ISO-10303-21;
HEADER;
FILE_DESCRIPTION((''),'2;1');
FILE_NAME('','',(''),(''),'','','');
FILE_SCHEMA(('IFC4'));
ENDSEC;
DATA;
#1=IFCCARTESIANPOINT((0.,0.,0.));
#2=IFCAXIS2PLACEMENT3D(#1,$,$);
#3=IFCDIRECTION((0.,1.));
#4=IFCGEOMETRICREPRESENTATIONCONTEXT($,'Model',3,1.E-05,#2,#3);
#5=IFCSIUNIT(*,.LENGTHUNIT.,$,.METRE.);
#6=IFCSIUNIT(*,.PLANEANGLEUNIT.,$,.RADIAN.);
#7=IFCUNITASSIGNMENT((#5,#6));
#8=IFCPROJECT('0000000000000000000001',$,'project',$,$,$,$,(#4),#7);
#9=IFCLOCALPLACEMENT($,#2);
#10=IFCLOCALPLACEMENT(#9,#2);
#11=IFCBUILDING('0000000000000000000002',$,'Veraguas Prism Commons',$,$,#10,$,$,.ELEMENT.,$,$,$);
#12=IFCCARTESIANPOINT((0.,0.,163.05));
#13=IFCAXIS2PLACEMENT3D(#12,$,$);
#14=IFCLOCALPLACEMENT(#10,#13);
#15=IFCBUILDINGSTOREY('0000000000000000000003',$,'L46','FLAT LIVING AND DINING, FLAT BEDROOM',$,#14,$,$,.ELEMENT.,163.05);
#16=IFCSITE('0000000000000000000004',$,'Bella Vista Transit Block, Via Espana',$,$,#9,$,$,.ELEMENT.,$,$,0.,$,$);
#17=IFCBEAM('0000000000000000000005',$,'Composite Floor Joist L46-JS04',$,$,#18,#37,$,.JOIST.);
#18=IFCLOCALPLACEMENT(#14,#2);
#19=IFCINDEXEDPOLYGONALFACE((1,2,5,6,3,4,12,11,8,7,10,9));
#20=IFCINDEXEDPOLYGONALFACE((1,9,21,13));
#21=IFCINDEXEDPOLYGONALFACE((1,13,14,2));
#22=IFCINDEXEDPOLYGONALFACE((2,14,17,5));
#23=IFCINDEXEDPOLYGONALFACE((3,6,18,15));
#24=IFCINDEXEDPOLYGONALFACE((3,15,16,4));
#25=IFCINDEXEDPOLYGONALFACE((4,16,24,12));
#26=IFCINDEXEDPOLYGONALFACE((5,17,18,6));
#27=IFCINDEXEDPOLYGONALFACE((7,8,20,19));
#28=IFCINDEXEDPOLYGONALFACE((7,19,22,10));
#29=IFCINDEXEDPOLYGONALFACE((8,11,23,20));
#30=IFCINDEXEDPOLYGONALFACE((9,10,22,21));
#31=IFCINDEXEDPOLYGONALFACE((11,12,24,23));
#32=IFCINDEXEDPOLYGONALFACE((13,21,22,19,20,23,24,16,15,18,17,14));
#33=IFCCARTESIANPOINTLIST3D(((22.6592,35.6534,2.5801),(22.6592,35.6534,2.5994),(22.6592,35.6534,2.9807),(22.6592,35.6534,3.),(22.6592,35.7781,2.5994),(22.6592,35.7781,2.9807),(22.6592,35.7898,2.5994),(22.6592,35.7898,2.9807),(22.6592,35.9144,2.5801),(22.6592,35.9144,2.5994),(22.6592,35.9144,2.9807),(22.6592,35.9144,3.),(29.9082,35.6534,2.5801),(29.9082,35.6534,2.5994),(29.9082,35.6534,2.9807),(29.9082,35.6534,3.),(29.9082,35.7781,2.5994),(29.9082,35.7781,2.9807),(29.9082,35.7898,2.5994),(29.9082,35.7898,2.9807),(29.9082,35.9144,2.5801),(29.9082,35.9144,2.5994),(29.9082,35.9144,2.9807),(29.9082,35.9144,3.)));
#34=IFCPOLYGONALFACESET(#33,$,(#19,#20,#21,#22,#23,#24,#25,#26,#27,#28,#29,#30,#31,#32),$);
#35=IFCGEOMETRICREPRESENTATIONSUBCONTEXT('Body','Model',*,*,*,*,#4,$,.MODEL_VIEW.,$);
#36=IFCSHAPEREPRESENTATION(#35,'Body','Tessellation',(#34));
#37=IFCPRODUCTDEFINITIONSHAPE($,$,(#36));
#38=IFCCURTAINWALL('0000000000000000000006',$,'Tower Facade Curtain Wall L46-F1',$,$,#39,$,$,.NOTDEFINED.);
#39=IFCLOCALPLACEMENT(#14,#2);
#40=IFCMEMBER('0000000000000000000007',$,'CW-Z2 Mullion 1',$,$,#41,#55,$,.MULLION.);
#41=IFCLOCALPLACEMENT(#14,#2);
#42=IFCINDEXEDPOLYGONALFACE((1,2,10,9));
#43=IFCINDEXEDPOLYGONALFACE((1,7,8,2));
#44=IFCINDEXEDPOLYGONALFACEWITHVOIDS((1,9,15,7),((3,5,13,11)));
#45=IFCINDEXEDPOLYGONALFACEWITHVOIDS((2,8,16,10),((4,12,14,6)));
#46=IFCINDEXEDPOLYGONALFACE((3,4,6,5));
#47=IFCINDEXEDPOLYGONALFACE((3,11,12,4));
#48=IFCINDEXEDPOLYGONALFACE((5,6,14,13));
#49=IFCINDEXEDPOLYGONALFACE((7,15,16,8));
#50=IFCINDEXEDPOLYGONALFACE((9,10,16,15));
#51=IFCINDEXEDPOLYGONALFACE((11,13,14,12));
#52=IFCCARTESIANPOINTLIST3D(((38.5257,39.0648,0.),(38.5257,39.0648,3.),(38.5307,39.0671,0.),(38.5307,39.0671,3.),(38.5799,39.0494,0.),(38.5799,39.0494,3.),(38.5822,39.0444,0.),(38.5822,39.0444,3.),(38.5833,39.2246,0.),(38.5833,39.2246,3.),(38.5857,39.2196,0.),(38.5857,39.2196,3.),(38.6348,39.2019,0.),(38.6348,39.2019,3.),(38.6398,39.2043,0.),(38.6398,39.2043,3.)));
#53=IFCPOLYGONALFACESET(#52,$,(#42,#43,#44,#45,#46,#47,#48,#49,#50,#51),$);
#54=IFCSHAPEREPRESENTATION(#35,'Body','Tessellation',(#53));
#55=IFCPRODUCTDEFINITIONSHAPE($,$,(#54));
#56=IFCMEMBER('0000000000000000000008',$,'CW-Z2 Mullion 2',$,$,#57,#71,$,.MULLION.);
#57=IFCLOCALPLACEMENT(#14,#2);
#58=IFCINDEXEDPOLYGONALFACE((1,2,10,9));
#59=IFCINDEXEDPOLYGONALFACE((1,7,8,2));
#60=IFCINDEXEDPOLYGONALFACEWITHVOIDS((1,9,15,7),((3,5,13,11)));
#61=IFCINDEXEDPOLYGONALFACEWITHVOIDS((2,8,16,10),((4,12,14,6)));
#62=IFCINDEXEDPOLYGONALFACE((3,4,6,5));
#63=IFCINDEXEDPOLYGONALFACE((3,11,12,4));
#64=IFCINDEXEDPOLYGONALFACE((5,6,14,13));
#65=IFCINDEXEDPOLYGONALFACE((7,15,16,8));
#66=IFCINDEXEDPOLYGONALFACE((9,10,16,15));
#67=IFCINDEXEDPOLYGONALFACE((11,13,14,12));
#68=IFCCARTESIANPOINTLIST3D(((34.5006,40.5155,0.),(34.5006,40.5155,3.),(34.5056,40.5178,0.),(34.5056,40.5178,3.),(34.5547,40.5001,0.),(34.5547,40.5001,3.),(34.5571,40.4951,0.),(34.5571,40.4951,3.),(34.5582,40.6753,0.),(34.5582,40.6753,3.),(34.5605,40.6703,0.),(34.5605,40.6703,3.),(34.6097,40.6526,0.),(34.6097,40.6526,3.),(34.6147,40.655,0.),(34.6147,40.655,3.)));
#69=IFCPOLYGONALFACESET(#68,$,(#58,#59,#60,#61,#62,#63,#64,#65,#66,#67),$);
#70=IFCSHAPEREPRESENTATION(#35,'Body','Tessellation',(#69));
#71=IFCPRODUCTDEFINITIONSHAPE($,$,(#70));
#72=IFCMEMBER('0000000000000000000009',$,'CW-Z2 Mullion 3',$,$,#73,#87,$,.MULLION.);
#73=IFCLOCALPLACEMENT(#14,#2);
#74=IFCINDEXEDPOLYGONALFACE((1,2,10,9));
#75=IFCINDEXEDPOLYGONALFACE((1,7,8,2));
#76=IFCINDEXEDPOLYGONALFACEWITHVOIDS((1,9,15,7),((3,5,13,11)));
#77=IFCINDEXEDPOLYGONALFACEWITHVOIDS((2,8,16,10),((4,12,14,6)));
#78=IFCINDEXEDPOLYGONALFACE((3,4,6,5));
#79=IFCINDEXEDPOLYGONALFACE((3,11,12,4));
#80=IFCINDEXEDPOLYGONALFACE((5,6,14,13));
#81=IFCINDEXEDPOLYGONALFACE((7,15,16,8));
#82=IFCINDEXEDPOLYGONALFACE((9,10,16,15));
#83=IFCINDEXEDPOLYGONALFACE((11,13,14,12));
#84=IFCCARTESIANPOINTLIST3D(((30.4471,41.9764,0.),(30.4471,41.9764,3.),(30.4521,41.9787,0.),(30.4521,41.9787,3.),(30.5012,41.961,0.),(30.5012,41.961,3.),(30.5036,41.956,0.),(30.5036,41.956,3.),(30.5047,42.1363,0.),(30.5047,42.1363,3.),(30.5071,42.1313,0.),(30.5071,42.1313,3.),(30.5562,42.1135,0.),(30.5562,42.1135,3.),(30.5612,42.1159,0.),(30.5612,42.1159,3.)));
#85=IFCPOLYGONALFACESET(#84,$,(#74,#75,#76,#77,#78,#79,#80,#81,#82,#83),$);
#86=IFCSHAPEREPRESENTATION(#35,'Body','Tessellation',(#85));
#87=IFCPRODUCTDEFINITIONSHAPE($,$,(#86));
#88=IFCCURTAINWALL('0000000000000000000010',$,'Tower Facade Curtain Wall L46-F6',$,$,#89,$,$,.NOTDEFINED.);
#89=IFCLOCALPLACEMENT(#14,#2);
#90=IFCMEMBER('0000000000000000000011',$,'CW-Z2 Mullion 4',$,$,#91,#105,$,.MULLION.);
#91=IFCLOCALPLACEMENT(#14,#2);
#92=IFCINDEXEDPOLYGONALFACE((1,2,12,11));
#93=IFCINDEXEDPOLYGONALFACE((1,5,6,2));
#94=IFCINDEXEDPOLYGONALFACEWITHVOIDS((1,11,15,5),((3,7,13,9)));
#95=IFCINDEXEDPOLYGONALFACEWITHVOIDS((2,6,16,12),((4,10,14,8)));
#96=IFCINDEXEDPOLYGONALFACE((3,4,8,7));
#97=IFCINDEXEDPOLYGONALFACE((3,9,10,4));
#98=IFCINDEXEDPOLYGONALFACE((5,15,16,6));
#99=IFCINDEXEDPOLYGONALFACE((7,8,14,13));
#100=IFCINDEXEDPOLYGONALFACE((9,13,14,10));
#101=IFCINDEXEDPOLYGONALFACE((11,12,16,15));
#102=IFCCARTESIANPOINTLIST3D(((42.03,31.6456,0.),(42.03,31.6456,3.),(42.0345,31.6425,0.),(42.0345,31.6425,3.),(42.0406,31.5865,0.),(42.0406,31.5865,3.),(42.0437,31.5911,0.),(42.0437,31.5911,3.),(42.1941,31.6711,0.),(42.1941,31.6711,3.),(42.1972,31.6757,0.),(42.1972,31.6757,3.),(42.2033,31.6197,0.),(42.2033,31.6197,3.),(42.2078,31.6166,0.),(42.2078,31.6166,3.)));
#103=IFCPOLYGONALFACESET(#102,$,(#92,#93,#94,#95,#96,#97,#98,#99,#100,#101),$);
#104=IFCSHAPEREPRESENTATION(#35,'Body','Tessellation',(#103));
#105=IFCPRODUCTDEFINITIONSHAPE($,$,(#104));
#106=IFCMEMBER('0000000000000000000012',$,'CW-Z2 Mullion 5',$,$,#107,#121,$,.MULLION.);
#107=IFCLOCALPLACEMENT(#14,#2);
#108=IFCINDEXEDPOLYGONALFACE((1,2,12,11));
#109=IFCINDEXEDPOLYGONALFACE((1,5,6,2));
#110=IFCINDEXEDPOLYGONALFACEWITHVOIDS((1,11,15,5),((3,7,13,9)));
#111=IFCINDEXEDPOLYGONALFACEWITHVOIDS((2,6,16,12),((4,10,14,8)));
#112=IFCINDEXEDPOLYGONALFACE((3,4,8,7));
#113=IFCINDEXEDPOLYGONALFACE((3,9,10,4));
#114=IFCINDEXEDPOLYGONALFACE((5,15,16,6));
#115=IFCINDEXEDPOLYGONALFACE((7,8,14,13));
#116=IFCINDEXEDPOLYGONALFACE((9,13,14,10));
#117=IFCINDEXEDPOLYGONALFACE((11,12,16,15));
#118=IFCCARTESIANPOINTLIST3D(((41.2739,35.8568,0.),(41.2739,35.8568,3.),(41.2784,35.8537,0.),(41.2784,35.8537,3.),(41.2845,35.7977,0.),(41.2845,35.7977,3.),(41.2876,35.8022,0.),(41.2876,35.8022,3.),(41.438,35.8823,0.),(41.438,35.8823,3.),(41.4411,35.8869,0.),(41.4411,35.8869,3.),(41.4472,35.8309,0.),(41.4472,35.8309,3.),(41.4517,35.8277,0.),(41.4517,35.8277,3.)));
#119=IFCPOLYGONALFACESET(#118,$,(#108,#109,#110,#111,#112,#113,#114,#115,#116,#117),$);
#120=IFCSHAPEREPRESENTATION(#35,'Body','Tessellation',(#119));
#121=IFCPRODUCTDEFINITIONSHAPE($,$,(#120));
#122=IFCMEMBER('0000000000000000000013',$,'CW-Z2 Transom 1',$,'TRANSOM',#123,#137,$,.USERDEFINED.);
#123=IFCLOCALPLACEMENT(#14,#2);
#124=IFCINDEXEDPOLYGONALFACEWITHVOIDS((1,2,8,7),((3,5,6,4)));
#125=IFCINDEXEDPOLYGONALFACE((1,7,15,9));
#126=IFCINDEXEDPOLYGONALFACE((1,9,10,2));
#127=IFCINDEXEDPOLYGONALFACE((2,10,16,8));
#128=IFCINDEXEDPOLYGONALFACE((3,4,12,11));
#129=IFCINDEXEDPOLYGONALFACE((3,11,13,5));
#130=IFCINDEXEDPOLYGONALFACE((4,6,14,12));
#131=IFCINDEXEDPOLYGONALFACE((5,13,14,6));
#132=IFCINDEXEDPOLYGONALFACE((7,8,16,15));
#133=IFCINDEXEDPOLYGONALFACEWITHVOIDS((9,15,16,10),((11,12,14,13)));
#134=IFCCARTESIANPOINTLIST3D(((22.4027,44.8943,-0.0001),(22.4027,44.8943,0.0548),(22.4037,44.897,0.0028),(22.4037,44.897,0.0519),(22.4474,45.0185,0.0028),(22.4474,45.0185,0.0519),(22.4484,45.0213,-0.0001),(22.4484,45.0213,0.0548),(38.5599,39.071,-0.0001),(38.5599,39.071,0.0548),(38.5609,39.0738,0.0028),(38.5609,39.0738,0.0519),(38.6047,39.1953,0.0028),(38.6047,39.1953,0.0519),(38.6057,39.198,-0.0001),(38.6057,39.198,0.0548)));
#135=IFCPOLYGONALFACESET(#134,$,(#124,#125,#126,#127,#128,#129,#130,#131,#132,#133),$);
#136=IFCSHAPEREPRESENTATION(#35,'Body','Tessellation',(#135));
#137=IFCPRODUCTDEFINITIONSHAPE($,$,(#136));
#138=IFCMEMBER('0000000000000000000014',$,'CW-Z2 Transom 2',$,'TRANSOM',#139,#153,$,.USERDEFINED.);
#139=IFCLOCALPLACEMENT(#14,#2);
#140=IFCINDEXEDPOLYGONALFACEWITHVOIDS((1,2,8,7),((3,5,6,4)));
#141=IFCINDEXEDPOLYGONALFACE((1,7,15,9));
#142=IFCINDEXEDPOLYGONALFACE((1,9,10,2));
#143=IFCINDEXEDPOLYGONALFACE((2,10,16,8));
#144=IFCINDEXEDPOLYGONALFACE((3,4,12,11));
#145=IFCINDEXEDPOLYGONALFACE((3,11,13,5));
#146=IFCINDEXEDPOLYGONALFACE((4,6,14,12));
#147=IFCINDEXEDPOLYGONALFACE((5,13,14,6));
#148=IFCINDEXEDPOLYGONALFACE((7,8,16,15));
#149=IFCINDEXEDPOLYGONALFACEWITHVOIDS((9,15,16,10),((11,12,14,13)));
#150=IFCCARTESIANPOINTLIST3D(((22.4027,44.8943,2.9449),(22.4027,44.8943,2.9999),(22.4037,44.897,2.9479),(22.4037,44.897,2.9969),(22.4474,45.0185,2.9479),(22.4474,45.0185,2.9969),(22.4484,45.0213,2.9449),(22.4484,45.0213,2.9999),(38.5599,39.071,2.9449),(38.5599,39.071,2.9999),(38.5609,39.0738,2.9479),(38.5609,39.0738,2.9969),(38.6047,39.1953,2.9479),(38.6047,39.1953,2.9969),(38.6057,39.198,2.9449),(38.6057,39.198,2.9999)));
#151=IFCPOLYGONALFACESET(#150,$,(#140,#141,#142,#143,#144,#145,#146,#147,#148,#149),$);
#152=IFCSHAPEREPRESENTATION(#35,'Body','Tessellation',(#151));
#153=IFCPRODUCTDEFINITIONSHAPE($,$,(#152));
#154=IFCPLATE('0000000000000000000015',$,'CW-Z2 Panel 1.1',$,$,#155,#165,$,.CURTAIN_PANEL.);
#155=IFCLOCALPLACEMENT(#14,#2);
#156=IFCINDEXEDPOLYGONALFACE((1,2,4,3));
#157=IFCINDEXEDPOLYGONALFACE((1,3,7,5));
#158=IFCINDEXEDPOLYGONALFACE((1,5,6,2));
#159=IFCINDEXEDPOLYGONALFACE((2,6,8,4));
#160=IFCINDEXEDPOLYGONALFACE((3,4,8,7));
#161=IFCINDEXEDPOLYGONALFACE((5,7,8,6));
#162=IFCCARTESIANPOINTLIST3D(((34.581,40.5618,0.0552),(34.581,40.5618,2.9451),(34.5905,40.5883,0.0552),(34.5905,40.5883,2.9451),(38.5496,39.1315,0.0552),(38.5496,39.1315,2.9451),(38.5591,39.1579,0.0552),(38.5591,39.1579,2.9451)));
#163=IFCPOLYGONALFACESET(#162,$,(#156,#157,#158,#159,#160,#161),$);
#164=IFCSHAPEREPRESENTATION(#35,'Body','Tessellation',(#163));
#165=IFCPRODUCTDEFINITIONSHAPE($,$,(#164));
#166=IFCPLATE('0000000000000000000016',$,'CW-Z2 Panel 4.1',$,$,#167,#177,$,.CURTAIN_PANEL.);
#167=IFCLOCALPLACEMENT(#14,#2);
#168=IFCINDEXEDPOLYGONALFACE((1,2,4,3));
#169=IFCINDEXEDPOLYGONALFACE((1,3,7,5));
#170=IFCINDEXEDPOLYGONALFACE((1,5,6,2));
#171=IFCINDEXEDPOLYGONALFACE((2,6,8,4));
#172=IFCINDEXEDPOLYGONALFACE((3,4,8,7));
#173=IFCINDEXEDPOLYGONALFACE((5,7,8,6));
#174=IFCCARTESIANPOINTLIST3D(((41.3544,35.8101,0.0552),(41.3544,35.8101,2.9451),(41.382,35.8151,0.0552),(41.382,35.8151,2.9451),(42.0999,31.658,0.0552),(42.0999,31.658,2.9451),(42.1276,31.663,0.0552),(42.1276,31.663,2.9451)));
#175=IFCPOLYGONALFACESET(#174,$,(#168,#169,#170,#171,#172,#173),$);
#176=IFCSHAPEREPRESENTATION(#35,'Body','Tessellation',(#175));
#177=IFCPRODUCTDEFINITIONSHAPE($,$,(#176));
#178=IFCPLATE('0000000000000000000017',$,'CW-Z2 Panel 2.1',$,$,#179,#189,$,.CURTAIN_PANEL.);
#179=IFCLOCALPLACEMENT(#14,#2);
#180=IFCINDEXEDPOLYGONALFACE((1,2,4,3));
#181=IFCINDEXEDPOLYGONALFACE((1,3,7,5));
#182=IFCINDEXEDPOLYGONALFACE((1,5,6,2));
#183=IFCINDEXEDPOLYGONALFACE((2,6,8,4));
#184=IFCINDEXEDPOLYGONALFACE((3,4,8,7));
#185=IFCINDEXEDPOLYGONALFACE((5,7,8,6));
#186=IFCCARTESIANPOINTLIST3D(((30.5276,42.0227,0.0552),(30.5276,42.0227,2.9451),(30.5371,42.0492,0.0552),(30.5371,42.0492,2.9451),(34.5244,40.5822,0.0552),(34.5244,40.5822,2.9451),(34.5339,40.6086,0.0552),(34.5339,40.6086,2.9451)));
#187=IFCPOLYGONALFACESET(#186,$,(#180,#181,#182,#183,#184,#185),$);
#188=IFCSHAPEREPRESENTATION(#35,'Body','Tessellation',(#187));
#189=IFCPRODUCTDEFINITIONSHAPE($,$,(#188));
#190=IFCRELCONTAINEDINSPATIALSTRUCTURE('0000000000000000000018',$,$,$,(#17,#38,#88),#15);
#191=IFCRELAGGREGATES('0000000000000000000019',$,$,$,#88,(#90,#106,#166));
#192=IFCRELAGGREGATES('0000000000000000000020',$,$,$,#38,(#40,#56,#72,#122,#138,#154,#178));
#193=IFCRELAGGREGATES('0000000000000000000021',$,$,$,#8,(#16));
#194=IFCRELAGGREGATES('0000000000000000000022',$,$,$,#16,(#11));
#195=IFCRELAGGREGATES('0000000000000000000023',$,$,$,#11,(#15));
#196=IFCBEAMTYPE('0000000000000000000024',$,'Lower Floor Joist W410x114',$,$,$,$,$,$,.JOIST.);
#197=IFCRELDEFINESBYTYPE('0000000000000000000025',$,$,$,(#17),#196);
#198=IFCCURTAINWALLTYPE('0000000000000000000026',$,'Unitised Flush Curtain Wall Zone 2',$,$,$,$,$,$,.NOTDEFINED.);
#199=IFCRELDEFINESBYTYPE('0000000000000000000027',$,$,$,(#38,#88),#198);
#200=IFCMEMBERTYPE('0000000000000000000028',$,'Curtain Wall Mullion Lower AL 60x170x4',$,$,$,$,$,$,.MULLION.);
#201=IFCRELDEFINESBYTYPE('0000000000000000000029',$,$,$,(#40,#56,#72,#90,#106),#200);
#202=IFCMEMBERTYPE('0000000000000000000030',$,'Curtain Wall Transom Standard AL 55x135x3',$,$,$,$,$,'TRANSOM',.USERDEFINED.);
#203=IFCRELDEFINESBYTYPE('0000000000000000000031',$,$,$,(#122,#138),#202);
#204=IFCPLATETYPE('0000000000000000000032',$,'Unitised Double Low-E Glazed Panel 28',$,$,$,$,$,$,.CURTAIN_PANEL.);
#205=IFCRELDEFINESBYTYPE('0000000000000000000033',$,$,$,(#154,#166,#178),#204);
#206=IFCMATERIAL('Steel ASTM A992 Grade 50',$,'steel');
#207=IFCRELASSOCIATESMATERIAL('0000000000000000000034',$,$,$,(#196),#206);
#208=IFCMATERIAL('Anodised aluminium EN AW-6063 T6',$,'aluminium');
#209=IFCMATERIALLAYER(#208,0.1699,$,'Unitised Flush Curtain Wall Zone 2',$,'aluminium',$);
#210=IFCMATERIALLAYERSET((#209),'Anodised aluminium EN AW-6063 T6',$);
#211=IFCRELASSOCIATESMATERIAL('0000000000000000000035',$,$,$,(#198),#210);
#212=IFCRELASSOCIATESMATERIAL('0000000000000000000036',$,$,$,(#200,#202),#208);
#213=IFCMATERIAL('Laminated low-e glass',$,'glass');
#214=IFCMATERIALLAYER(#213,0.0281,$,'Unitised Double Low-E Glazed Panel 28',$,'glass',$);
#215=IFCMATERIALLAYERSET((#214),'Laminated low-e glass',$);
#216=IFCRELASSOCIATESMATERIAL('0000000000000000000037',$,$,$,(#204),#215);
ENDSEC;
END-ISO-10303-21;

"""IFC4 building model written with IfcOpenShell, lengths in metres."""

from ifc_helpers import new_model, si_unit, direction, frame, origin, origin_2d, place, context, subcontext, project, spatial, rectangle, hollow_rectangle, i_section, extrude, source, transform, mapped, material, layer, layer_set, material_profile, profile_set, type_object, element, aggregate, save


model = new_model("IFC4")

# Units and contexts
model_context = context("Model", 3, precision=1e-05, world=origin(), true_north=direction((0.0, 1.0)))
body_context = subcontext(model_context, "Body", "Model", "MODEL_VIEW")
ifc_project = project(units=[si_unit("LENGTHUNIT", "METRE"), si_unit("PLANEANGLEUNIT", "RADIAN")], contexts=[model_context])

# Site, building, storey
site_placement = place(None, origin())
site = spatial("IfcSite", under=ifc_project, at=site_placement, Name="Bella Vista Transit Block, Via Espana", CompositionType="ELEMENT", RefElevation=0.0)
building_placement = place(site_placement, origin())
building = spatial("IfcBuilding", under=site, at=building_placement, Name="Veraguas Prism Commons", CompositionType="ELEMENT")
storey_placement = place(building_placement, frame((0.0, 0.0, 163.05)))
storey = spatial("IfcBuildingStorey", under=building, at=storey_placement, Name="L46", Description="FLAT LIVING AND DINING, FLAT BEDROOM", CompositionType="ELEMENT", Elevation=163.05)

# Beam
ifc_material_1 = material(Name="Steel ASTM A992 Grade 50", Category="steel")
ifc_material_profile_1 = material_profile(ifc_material_1, i_section(OverallWidth=0.261, OverallDepth=0.4199, WebThickness=0.0117, FlangeThickness=0.0193, at=origin_2d()), Name="W410X114")
ifc_profile_set_1 = profile_set([ifc_material_profile_1], Name="Steel ASTM A992 Grade 50")
beam_type = type_object("IfcBeamType", Name="Lower Floor Joist W410x114", PredefinedType="JOIST", material=ifc_profile_set_1)
beam_placement = place(storey_placement, frame((29.9082, 35.7839, 2.79), z_axis=(-1.0, 0.0, 0.0), x_axis=(0.0, -1.0, 0.0)))
element("IfcBeam", 1, at=beam_placement, inside=storey, type_object=beam_type, Name="Composite Floor Joist L46-JS04", PredefinedType="JOIST", context=body_context, shape_type="SweptSolid", body=[
    extrude(i_section(OverallWidth=0.261, OverallDepth=0.4199, WebThickness=0.0117, FlangeThickness=0.0193, at=origin_2d()), origin(), (0.0, 0.0, 1.0), 7.249),
])

# Curtain walls, members
ifc_material_2 = material(Name="Anodised aluminium EN AW-6063 T6", Category="aluminium")
ifc_layer_1 = layer(ifc_material_2, 0.1699, Name="Unitised Flush Curtain Wall Zone 2", Category="aluminium")
ifc_layer_set_1 = layer_set([ifc_layer_1], Name="Anodised aluminium EN AW-6063 T6")
curtain_wall_type = type_object("IfcCurtainWallType", Name="Unitised Flush Curtain Wall Zone 2", PredefinedType="NOTDEFINED", material=ifc_layer_set_1)
curtain_wall_1_placement = place(storey_placement, origin())
curtain_wall_1 = element("IfcCurtainWall", 2, at=curtain_wall_1_placement, inside=storey, type_object=curtain_wall_type, Name="Tower Facade Curtain Wall L46-F1", PredefinedType="NOTDEFINED")
ifc_material_profile_2 = material_profile(ifc_material_2, hollow_rectangle(XDim=0.0601, YDim=0.1699, WallThickness=0.0039, at=origin_2d()), Name="AL60X170X4")
ifc_profile_set_2 = profile_set([ifc_material_profile_2], Name="Anodised aluminium EN AW-6063 T6")
member_type_1 = type_object("IfcMemberType", Name="Curtain Wall Mullion Lower AL 60x170x4", PredefinedType="MULLION", material=ifc_profile_set_2)
shared_shape_1 = source(origin(), body_context, "Body", "SweptSolid", [
    extrude(hollow_rectangle(XDim=0.0601, YDim=0.1699, WallThickness=0.0039, at=origin_2d()), origin(), (0.0, 0.0, 1.0), 3.0),
])
member_1_placement = place(storey_placement, frame((38.5828, 39.1345, 0.0), z_axis=(0.0, 0.0, 1.0), x_axis=(-0.940761, 0.339071, 0.0)))
member_1 = element("IfcMember", 3, at=member_1_placement, type_object=member_type_1, Name="CW-Z2 Mullion 1", PredefinedType="MULLION", context=body_context, shape_type="MappedRepresentation", body=[
    mapped(shared_shape_1, transform((0.0, 0.0, 0.0), scale=1.0)),
])
member_2_placement = place(storey_placement, frame((34.5576, 40.5852, 0.0), z_axis=(0.0, 0.0, 1.0), x_axis=(-0.940761, 0.339071, 0.0)))
member_2 = element("IfcMember", 4, at=member_2_placement, type_object=member_type_1, Name="CW-Z2 Mullion 2", PredefinedType="MULLION", context=body_context, shape_type="MappedRepresentation", body=[
    mapped(shared_shape_1, transform((0.0, 0.0, 0.0), scale=1.0)),
])
member_3_placement = place(storey_placement, frame((30.5042, 42.0461, 0.0), z_axis=(0.0, 0.0, 1.0), x_axis=(-0.940761, 0.339071, 0.0)))
member_3 = element("IfcMember", 5, at=member_3_placement, type_object=member_type_1, Name="CW-Z2 Mullion 3", PredefinedType="MULLION", context=body_context, shape_type="MappedRepresentation", body=[
    mapped(shared_shape_1, transform((0.0, 0.0, 0.0), scale=1.0)),
])
curtain_wall_2_placement = place(storey_placement, origin())
curtain_wall_2 = element("IfcCurtainWall", 6, at=curtain_wall_2_placement, inside=storey, type_object=curtain_wall_type, Name="Tower Facade Curtain Wall L46-F6", PredefinedType="NOTDEFINED")
member_4_placement = place(storey_placement, frame((42.1189, 31.6311, 0.0), z_axis=(0.0, 0.0, 1.0), x_axis=(-0.176741, 0.984257, 0.0)))
member_4 = element("IfcMember", 7, at=member_4_placement, type_object=member_type_1, Name="CW-Z2 Mullion 4", PredefinedType="MULLION", context=body_context, shape_type="MappedRepresentation", body=[
    mapped(shared_shape_1, transform((0.0, 0.0, 0.0), scale=1.0)),
])
member_5_placement = place(storey_placement, frame((41.3628, 35.8423, 0.0), z_axis=(0.0, 0.0, 1.0), x_axis=(-0.176741, 0.984257, 0.0)))
member_5 = element("IfcMember", 8, at=member_5_placement, type_object=member_type_1, Name="CW-Z2 Mullion 5", PredefinedType="MULLION", context=body_context, shape_type="MappedRepresentation", body=[
    mapped(shared_shape_1, transform((0.0, 0.0, 0.0), scale=1.0)),
])

# Members
ifc_material_profile_3 = material_profile(ifc_material_2, hollow_rectangle(XDim=0.0549, YDim=0.135, WallThickness=0.0029, at=origin_2d()), Name="AL55X135X3")
ifc_profile_set_3 = profile_set([ifc_material_profile_3], Name="Anodised aluminium EN AW-6063 T6")
member_type_2 = type_object("IfcMemberType", Name="Curtain Wall Transom Standard AL 55x135x3", ElementType="TRANSOM", PredefinedType="USERDEFINED", material=ifc_profile_set_3)
shared_shape_2 = source(origin(), body_context, "Body", "SweptSolid", [
    extrude(hollow_rectangle(XDim=0.0549, YDim=0.135, WallThickness=0.0029, at=origin_2d()), origin(), (0.0, 0.0, 1.0), 17.1746),
])
member_6_placement = place(storey_placement, frame((38.5828, 39.1345, 0.0273), z_axis=(-0.940764, 0.339062, 0.0), x_axis=(0.0, 0.0, 1.0)))
member_6 = element("IfcMember", 9, at=member_6_placement, type_object=member_type_2, Name="CW-Z2 Transom 1", ObjectType="TRANSOM", PredefinedType="USERDEFINED", context=body_context, shape_type="MappedRepresentation", body=[
    mapped(shared_shape_2, transform((0.0, 0.0, 0.0), scale=1.0)),
])
member_7_placement = place(storey_placement, frame((38.5828, 39.1345, 2.9724), z_axis=(-0.940764, 0.339062, 0.0), x_axis=(0.0, 0.0, 1.0)))
member_7 = element("IfcMember", 10, at=member_7_placement, type_object=member_type_2, Name="CW-Z2 Transom 2", ObjectType="TRANSOM", PredefinedType="USERDEFINED", context=body_context, shape_type="MappedRepresentation", body=[
    mapped(shared_shape_2, transform((0.0, 0.0, 0.0), scale=1.0)),
])

# Plates
ifc_material_3 = material(Name="Laminated low-e glass", Category="glass")
ifc_layer_2 = layer(ifc_material_3, 0.0281, Name="Unitised Double Low-E Glazed Panel 28", Category="glass")
ifc_layer_set_2 = layer_set([ifc_layer_2], Name="Laminated low-e glass")
plate_type = type_object("IfcPlateType", Name="Unitised Double Low-E Glazed Panel 28", PredefinedType="CURTAIN_PANEL", material=ifc_layer_set_2)
shared_shape_3 = source(origin(), body_context, "Body", "SweptSolid", [
    extrude(rectangle(XDim=4.2185, YDim=0.0281, at=origin_2d()), origin(), (0.0, 0.0, 1.0), 2.8899),
])
plate_1_placement = place(storey_placement, frame((36.5701, 39.8599, 0.0552), z_axis=(0.0, 0.0, 1.0), x_axis=(-0.940761, 0.339071, 0.0)))
plate_1 = element("IfcPlate", 11, at=plate_1_placement, type_object=plate_type, Name="CW-Z2 Panel 1.1", PredefinedType="CURTAIN_PANEL", context=body_context, shape_type="MappedRepresentation", body=[
    mapped(shared_shape_3, transform((0.0, 0.0, 0.0), scale=1.0)),
])
plate_2_placement = place(storey_placement, frame((41.741, 33.7366, 0.0552), z_axis=(0.0, 0.0, 1.0), x_axis=(-0.176741, 0.984257, 0.0)))
plate_2 = element("IfcPlate", 12, at=plate_2_placement, type_object=plate_type, Name="CW-Z2 Panel 4.1", PredefinedType="CURTAIN_PANEL", context=body_context, shape_type="MappedRepresentation", body=[
    mapped(shared_shape_3, transform((0.0, 0.0, 0.0), scale=1.0)),
])
aggregate(curtain_wall_2, [member_4, member_5, plate_2])
shared_shape_4 = source(origin(), body_context, "Body", "SweptSolid", [
    extrude(rectangle(XDim=4.2485, YDim=0.0281, at=origin_2d()), origin(), (0.0, 0.0, 1.0), 2.8899),
])
plate_3_placement = place(storey_placement, frame((32.5308, 41.3157, 0.0552), z_axis=(0.0, 0.0, 1.0), x_axis=(-0.940761, 0.339071, 0.0)))
plate_3 = element("IfcPlate", 13, at=plate_3_placement, type_object=plate_type, Name="CW-Z2 Panel 2.1", PredefinedType="CURTAIN_PANEL", context=body_context, shape_type="MappedRepresentation", body=[
    mapped(shared_shape_4, transform((0.0, 0.0, 0.0), scale=1.0)),
])
aggregate(curtain_wall_1, [member_1, member_2, member_3, member_6, member_7, plate_1, plate_3])

save(model, "model.ifc")
